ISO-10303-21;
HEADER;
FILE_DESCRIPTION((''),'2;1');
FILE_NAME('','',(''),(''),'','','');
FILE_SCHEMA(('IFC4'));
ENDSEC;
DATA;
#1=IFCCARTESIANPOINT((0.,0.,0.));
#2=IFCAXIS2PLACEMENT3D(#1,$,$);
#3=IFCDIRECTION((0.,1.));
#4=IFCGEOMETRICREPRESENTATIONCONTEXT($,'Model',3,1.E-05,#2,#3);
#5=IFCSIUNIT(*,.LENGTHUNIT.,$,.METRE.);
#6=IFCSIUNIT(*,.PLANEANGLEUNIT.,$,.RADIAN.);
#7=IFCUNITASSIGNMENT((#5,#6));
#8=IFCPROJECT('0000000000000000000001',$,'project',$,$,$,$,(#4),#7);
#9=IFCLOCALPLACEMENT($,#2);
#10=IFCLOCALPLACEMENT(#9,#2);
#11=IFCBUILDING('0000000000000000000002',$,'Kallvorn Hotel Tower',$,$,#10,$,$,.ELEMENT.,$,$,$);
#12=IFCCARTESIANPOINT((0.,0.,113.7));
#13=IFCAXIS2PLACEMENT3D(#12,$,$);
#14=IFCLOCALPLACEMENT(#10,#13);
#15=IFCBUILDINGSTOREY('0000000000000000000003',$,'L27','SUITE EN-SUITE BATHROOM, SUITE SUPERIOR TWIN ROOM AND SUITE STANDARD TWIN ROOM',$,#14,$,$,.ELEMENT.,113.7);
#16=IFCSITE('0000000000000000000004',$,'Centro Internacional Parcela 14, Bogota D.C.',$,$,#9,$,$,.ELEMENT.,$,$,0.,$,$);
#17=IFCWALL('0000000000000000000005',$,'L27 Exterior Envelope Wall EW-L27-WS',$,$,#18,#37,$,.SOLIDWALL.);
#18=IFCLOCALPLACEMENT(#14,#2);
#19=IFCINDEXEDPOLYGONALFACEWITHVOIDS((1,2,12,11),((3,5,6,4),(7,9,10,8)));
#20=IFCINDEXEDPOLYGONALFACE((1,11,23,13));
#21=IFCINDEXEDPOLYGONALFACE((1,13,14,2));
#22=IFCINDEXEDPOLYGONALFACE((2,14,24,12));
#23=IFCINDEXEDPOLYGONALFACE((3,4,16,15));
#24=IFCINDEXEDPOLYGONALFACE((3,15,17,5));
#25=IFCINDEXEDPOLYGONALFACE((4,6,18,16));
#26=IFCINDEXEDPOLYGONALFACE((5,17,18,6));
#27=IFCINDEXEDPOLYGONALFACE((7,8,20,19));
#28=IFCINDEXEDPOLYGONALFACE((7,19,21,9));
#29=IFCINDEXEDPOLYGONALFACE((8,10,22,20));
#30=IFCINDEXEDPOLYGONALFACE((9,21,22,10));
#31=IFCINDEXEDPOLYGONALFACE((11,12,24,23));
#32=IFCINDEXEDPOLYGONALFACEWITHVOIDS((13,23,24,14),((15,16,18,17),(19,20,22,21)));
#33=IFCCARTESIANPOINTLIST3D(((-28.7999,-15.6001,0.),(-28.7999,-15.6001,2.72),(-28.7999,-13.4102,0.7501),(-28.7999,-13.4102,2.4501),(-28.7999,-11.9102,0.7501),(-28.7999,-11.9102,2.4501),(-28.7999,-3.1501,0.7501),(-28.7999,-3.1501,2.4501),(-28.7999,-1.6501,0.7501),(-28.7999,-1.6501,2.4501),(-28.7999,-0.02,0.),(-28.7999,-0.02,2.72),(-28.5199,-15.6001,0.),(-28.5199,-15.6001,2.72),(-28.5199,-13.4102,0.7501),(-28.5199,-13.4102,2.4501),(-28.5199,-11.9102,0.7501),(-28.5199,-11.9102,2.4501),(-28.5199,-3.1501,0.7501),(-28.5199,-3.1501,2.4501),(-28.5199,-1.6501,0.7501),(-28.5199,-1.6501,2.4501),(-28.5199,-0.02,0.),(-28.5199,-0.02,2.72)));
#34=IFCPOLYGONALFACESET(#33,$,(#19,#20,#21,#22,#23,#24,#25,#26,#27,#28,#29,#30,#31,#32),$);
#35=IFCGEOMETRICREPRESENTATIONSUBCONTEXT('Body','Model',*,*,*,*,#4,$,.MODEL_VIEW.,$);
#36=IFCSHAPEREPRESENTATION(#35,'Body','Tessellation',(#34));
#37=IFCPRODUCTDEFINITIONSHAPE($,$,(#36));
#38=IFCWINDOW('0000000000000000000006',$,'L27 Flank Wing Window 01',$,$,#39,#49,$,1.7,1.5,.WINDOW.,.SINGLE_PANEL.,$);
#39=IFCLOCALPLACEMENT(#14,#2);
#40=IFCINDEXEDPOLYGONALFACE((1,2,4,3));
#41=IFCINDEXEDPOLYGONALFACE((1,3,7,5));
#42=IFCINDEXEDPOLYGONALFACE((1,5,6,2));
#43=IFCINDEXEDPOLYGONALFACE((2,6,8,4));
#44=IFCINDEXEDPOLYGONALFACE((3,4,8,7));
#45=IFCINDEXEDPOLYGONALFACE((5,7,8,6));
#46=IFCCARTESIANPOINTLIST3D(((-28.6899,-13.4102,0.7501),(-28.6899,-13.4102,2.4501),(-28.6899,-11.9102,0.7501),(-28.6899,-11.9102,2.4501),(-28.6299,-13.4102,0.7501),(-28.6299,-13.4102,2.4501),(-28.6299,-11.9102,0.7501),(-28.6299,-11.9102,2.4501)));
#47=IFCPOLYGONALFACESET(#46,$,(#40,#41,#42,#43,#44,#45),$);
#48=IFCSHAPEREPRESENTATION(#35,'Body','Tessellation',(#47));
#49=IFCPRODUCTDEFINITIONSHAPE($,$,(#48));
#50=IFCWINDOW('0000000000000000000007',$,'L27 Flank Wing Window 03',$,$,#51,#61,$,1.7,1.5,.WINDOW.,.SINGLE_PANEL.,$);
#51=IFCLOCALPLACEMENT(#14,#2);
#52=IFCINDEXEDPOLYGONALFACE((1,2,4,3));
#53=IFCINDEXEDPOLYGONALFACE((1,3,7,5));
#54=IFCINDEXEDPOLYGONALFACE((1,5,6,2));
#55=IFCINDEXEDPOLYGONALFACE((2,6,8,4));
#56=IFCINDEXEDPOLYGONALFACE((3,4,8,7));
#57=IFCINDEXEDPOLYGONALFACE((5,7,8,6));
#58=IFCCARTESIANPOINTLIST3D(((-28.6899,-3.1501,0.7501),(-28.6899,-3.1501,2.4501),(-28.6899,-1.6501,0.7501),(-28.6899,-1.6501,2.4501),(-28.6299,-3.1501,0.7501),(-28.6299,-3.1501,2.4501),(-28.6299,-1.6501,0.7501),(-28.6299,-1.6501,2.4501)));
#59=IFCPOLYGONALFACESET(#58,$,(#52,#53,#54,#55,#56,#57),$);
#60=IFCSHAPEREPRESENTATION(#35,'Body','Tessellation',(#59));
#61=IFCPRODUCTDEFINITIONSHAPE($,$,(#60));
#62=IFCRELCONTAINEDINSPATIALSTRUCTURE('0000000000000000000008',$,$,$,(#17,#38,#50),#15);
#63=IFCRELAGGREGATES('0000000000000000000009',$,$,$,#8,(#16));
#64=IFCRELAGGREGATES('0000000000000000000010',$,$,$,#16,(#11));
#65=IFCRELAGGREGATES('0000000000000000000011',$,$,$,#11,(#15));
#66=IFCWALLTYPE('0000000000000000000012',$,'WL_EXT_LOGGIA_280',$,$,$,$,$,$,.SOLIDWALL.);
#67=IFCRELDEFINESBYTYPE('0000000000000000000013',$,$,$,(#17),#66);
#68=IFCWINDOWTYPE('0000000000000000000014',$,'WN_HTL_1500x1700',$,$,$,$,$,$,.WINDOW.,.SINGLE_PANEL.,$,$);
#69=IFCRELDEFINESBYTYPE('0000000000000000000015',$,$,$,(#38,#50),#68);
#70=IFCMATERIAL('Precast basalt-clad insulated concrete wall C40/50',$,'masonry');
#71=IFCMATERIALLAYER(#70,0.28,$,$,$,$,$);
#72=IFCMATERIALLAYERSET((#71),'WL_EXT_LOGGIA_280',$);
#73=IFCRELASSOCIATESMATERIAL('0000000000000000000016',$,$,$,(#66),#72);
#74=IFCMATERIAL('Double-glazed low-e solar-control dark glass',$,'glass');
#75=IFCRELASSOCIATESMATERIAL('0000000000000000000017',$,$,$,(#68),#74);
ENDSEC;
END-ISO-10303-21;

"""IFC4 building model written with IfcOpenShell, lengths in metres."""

from ifc_helpers import new_model, si_unit, direction, frame, frame_2d, origin, place, context, subcontext, project, spatial, rectangle, extrude, material, layer, layer_set, type_object, element, fill, save


model = new_model("IFC4")

# Units and contexts
model_context = context("Model", 3, precision=1e-05, world=origin(), true_north=direction((0.0, 1.0)))
body_context = subcontext(model_context, "Body", "Model", "MODEL_VIEW")
ifc_project = project(units=[si_unit("LENGTHUNIT", "METRE"), si_unit("PLANEANGLEUNIT", "RADIAN")], contexts=[model_context])

# Site, building, storey
site_placement = place(None, origin())
site = spatial("IfcSite", under=ifc_project, at=site_placement, Name="Centro Internacional Parcela 14, Bogota D.C.", CompositionType="ELEMENT", RefElevation=0.0)
building_placement = place(site_placement, origin())
building = spatial("IfcBuilding", under=site, at=building_placement, Name="Kallvorn Hotel Tower", CompositionType="ELEMENT")
storey_placement = place(building_placement, frame((0.0, 0.0, 113.7)))
storey = spatial("IfcBuildingStorey", under=building, at=storey_placement, Name="L27", Description="SUITE EN-SUITE BATHROOM, SUITE SUPERIOR TWIN ROOM AND SUITE STANDARD TWIN ROOM", CompositionType="ELEMENT", Elevation=113.7)

# Shared definitions
ifc_material_1 = material(Name="Precast basalt-clad insulated concrete wall C40/50", Category="masonry")
ifc_layer = layer(ifc_material_1, 0.28)
ifc_layer_set = layer_set([ifc_layer], Name="WL_EXT_LOGGIA_280")
wall_type = type_object("IfcWallType", Name="WL_EXT_LOGGIA_280", PredefinedType="SOLIDWALL", material=ifc_layer_set)

# Wall, openings, windows
wall_1_placement = place(storey_placement, frame((-28.6599, -15.6001, 0.0), z_axis=(0.0, 0.0, 1.0), x_axis=(0.0, 1.0, 0.0)))
wall_1 = element("IfcWall", 1, at=wall_1_placement, inside=storey, type_object=wall_type, Name="L27 Exterior Envelope Wall EW-L27-WS", PredefinedType="SOLIDWALL", context=body_context, shape_type="SweptSolid", body=[
    extrude(rectangle(XDim=15.5801, YDim=0.28, at=frame_2d((7.79, 0.0))), origin(), (0.0, 0.0, 1.0), 2.72),
])
opening_1_placement = place(wall_1_placement, frame((2.1899, 0.0, 0.75)))
opening_1 = element("IfcOpeningElement", 2, at=opening_1_placement, cuts=wall_1, PredefinedType="OPENING", context=body_context, shape_type="SweptSolid", body=[
    extrude(rectangle(XDim=1.5, YDim=1.7, at=frame_2d((0.75, 0.8501))), frame((0.0, 0.155, 0.0), z_axis=(0.0, -1.0, 0.0), x_axis=(1.0, 0.0, 0.0)), (0.0, 0.0, 1.0), 0.3101),
])
opening_2_placement = place(wall_1_placement, frame((12.45, 0.0, 0.75)))
opening_2 = element("IfcOpeningElement", 3, at=opening_2_placement, cuts=wall_1, PredefinedType="OPENING", context=body_context, shape_type="SweptSolid", body=[
    extrude(rectangle(XDim=1.5, YDim=1.7, at=frame_2d((0.75, 0.8501))), frame((0.0, 0.155, 0.0), z_axis=(0.0, -1.0, 0.0), x_axis=(1.0, 0.0, 0.0)), (0.0, 0.0, 1.0), 0.3101),
])
ifc_material_2 = material(Name="Double-glazed low-e solar-control dark glass", Category="glass")
window_type_1 = type_object("IfcWindowType", Name="WN_HTL_1500x1700", PartitioningType="SINGLE_PANEL", PredefinedType="WINDOW", material=ifc_material_2)
window_1_placement = place(opening_1_placement, origin())
window_1 = element("IfcWindow", 4, at=window_1_placement, inside=storey, type_object=window_type_1, Name="L27 Flank Wing Window 01", OverallHeight=1.7, OverallWidth=1.5, PartitioningType="SINGLE_PANEL", PredefinedType="WINDOW", context=body_context, shape_type="SweptSolid", body=[
    extrude(rectangle(XDim=1.5, YDim=1.7, at=frame_2d((0.75, 0.8501))), frame((0.0, 0.03, 0.0), z_axis=(0.0, -1.0, 0.0), x_axis=(1.0, 0.0, 0.0)), (0.0, 0.0, 1.0), 0.0601),
])
fill(opening_1, window_1)
window_2_placement = place(opening_2_placement, origin())
window_2 = element("IfcWindow", 5, at=window_2_placement, inside=storey, type_object=window_type_1, Name="L27 Flank Wing Window 03", OverallHeight=1.7, OverallWidth=1.5, PartitioningType="SINGLE_PANEL", PredefinedType="WINDOW", context=body_context, shape_type="SweptSolid", body=[
    extrude(rectangle(XDim=1.5, YDim=1.7, at=frame_2d((0.75, 0.8501))), frame((0.0, 0.03, 0.0), z_axis=(0.0, -1.0, 0.0), x_axis=(1.0, 0.0, 0.0)), (0.0, 0.0, 1.0), 0.0601),
])
fill(opening_2, window_2)

save(model, "model.ifc")
